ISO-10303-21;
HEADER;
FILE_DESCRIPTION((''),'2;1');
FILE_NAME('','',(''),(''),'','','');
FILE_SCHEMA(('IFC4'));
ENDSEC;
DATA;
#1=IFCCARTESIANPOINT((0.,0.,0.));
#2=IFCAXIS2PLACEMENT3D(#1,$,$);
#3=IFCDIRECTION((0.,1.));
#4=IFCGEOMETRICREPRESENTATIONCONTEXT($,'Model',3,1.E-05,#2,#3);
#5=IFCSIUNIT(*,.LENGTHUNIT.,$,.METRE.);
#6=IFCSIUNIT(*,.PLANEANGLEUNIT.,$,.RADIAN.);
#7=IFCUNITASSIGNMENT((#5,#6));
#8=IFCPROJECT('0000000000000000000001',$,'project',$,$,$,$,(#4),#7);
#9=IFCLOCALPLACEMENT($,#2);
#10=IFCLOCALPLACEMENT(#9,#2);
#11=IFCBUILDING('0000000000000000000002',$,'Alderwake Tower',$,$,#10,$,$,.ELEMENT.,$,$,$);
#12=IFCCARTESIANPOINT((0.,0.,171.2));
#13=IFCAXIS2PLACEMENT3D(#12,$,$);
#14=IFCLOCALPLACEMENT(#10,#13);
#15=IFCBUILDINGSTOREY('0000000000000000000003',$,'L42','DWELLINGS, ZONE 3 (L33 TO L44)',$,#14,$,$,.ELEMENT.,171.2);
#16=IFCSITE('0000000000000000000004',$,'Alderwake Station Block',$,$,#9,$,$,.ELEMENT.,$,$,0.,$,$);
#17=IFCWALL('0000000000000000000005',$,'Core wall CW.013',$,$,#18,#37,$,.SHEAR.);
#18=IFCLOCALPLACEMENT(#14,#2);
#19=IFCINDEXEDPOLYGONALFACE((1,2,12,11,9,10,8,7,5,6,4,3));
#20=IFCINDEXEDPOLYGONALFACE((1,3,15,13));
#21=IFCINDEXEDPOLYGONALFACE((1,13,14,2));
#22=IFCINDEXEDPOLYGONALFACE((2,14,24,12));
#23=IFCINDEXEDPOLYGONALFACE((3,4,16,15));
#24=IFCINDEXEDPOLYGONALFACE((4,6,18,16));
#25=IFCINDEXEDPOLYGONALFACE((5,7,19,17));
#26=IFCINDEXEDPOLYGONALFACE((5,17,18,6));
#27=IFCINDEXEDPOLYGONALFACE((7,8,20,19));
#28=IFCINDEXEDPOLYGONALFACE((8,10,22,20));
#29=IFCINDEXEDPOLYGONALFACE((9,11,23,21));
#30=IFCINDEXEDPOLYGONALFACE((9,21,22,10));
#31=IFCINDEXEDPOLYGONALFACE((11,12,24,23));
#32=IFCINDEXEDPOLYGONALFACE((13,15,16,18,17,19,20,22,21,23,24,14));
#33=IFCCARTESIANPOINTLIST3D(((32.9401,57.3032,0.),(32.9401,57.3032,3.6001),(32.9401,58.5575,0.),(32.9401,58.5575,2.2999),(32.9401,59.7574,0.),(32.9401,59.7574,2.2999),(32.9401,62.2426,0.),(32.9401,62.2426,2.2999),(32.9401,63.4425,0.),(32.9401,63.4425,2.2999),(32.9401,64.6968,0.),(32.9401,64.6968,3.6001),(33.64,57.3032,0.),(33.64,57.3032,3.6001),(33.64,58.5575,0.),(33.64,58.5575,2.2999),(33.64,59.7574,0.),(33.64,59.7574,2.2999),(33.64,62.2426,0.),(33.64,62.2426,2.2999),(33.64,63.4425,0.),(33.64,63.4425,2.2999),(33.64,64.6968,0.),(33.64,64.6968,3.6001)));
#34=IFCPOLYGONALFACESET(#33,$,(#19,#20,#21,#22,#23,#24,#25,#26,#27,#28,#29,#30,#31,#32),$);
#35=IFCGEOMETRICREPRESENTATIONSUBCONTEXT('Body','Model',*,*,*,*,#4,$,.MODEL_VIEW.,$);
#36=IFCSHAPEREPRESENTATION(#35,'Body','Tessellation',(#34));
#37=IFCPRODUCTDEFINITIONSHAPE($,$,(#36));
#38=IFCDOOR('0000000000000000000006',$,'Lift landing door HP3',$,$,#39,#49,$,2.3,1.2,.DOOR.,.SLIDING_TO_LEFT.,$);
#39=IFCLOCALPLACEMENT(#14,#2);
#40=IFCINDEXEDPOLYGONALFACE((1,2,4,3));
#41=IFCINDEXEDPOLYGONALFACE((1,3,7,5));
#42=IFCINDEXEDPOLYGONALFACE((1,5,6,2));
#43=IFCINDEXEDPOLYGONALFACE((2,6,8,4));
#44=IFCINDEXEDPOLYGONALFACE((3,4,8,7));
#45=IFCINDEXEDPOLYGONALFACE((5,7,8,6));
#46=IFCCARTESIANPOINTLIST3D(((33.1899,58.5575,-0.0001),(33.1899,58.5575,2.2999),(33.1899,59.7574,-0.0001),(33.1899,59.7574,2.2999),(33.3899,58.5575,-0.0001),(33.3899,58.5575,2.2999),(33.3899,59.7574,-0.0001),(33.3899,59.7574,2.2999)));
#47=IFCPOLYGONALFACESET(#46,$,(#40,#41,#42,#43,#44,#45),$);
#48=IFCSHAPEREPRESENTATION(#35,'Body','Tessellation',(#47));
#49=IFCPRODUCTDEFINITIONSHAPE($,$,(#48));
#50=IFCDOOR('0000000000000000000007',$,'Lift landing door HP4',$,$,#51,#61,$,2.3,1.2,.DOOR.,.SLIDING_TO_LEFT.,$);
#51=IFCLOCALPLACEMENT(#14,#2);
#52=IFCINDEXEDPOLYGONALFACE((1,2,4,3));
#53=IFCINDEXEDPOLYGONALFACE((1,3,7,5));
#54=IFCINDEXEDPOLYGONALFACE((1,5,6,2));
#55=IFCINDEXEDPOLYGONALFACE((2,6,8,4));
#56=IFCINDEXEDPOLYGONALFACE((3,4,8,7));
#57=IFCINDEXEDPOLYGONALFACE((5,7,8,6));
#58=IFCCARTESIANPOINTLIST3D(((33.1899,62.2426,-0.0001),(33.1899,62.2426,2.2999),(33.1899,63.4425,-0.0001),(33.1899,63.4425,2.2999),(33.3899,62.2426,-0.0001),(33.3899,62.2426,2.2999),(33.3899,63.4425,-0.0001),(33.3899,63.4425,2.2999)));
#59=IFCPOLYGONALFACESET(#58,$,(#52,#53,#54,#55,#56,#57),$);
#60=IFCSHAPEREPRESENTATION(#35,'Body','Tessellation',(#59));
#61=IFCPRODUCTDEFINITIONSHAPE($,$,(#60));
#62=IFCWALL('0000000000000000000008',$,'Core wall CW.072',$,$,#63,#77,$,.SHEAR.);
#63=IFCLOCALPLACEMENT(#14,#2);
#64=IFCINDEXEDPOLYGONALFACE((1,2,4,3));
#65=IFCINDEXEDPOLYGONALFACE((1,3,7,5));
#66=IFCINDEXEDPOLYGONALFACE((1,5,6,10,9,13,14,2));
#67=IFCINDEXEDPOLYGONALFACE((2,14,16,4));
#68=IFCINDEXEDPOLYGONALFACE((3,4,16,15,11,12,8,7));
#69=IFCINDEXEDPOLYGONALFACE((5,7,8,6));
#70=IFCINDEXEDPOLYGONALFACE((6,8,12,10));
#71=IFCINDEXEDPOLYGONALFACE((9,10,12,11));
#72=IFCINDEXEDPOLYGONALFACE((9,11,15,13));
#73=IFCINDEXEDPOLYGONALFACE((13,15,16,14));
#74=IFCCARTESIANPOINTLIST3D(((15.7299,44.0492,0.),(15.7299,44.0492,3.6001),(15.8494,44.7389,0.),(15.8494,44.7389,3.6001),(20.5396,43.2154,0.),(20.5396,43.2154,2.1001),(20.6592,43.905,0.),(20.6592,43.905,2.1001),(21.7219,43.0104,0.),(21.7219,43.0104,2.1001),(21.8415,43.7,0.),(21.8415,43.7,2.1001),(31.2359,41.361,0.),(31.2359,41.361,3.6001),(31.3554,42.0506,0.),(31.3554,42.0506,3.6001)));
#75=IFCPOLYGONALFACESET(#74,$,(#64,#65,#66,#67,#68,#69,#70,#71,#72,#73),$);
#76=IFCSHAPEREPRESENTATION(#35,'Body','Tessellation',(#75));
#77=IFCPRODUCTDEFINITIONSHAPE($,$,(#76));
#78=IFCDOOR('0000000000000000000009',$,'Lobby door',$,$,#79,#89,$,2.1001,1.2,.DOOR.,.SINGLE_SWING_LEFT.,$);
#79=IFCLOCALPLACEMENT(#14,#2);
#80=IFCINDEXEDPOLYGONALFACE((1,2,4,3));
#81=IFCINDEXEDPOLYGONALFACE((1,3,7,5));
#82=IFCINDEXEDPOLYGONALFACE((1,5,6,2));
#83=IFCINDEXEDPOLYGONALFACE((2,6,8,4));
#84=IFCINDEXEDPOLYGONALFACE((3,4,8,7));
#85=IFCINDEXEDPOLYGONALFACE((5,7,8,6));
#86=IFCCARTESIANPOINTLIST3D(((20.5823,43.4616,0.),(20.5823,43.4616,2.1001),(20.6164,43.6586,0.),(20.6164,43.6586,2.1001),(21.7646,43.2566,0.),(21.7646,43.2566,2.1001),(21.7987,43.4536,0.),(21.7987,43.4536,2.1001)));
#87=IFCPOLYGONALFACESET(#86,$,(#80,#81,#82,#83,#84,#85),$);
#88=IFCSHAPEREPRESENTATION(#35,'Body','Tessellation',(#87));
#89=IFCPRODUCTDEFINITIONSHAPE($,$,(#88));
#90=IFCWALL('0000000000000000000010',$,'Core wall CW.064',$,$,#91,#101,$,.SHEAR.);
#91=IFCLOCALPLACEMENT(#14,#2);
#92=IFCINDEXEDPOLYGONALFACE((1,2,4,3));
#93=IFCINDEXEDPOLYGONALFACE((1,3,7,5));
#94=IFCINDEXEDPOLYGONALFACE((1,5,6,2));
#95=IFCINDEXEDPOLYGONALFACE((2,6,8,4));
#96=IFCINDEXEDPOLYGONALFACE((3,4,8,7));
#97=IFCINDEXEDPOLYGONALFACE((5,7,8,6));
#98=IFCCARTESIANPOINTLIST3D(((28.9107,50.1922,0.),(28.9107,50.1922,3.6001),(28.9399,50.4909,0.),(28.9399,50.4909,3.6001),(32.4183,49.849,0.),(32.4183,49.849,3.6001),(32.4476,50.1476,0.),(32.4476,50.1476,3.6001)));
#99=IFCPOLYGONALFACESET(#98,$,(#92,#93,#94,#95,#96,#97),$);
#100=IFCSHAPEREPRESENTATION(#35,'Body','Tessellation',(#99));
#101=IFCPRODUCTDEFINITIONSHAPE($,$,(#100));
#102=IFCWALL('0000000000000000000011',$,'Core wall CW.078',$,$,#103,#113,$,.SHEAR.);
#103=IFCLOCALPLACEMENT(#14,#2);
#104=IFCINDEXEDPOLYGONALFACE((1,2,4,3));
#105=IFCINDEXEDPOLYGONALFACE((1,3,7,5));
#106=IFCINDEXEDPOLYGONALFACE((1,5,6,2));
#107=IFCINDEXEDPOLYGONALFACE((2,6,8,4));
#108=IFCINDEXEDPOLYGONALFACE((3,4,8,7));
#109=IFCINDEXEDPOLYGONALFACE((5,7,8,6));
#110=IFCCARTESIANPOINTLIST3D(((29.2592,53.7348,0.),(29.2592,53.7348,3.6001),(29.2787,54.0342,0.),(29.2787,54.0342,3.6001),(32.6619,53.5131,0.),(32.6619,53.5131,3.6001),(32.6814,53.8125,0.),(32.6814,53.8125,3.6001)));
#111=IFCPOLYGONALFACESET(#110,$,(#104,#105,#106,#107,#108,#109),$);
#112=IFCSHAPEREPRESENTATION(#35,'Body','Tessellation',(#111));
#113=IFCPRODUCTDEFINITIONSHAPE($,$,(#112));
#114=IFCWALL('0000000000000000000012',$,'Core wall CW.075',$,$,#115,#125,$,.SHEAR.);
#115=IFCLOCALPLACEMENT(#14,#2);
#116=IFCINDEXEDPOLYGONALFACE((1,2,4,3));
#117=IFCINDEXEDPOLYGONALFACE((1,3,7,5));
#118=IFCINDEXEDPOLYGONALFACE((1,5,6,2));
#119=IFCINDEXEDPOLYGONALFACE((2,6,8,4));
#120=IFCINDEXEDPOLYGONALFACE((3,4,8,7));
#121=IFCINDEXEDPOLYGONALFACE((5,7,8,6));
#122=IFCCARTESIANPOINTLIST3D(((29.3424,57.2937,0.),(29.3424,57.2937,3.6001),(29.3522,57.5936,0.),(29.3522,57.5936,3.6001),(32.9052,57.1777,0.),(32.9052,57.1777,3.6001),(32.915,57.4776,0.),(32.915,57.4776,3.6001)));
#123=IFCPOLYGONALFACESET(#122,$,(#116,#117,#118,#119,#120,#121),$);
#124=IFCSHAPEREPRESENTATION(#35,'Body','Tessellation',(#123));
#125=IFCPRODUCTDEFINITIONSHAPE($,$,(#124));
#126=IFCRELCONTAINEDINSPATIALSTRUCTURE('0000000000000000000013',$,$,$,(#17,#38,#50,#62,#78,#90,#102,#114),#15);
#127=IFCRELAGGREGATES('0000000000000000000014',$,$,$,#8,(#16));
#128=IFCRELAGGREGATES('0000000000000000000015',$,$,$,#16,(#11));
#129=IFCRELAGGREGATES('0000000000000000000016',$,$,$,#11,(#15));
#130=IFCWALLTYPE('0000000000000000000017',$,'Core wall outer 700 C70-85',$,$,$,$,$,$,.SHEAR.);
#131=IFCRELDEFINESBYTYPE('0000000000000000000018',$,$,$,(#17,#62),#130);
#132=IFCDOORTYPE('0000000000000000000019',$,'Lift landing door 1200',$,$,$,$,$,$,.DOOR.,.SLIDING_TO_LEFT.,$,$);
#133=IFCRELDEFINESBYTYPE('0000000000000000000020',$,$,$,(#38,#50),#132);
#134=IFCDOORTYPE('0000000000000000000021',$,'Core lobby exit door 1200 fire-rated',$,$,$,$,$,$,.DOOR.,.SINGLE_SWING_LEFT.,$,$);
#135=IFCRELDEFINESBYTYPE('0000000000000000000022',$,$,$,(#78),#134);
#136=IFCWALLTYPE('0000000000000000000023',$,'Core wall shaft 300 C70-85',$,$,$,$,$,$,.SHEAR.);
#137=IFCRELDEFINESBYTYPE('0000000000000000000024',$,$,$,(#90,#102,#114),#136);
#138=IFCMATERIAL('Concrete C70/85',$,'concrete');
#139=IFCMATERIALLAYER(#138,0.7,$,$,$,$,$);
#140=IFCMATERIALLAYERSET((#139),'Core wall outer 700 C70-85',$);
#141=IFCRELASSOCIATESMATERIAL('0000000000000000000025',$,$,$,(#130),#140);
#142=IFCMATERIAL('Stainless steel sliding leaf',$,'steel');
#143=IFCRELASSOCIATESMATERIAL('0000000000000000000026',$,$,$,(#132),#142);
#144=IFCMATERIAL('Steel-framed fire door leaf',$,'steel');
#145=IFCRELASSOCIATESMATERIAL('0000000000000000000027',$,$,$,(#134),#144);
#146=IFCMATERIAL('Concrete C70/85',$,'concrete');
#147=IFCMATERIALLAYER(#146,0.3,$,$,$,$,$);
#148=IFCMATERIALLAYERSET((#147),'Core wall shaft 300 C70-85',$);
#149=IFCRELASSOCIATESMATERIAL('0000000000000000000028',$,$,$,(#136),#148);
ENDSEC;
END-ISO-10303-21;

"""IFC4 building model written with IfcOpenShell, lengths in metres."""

from ifc_helpers import new_model, si_unit, direction, frame, frame_2d, origin, place, context, subcontext, project, spatial, rectangle, extrude, material, layer, layer_set, type_object, element, fill, save


model = new_model("IFC4")

# Units and contexts
model_context = context("Model", 3, precision=1e-05, world=origin(), true_north=direction((0.0, 1.0)))
body_context = subcontext(model_context, "Body", "Model", "MODEL_VIEW")
ifc_project = project(units=[si_unit("LENGTHUNIT", "METRE"), si_unit("PLANEANGLEUNIT", "RADIAN")], contexts=[model_context])

# Site, building, storey
site_placement = place(None, origin())
site = spatial("IfcSite", under=ifc_project, at=site_placement, Name="Alderwake Station Block", CompositionType="ELEMENT", RefElevation=0.0)
building_placement = place(site_placement, origin())
building = spatial("IfcBuilding", under=site, at=building_placement, Name="Alderwake Tower", CompositionType="ELEMENT")
storey_placement = place(building_placement, frame((0.0, 0.0, 171.2)))
storey = spatial("IfcBuildingStorey", under=building, at=storey_placement, Name="L42", Description="DWELLINGS, ZONE 3 (L33 TO L44)", CompositionType="ELEMENT", Elevation=171.2)

# Shared definitions
ifc_material_1 = material(Name="Concrete C70/85", Category="concrete")
ifc_layer_1 = layer(ifc_material_1, 0.7)
ifc_layer_set_1 = layer_set([ifc_layer_1], Name="Core wall outer 700 C70-85")
wall_type_1 = type_object("IfcWallType", Name="Core wall outer 700 C70-85", PredefinedType="SHEAR", material=ifc_layer_set_1)

# Wall, openings, doors
ifc_material_2 = material(Name="Stainless steel sliding leaf", Category="steel")
door_type_1 = type_object("IfcDoorType", Name="Lift landing door 1200", OperationType="SLIDING_TO_LEFT", PredefinedType="DOOR", material=ifc_material_2)
wall_1_placement = place(storey_placement, frame((33.29, 57.3032, 0.0), z_axis=(0.0, 0.0, 1.0), x_axis=(0.0, 1.0, 0.0)))
wall_1 = element("IfcWall", 1, at=wall_1_placement, inside=storey, type_object=wall_type_1, Name="Core wall CW.013", PredefinedType="SHEAR", context=body_context, shape_type="SweptSolid", body=[
    extrude(rectangle(XDim=7.3936, YDim=0.7, at=frame_2d((3.6968, 0.0))), origin(), (0.0, 0.0, 1.0), 3.6001),
])
opening_1_placement = place(wall_1_placement, frame((1.2542, 0.0, 0.0)))
opening_1 = element("IfcOpeningElement", 2, at=opening_1_placement, cuts=wall_1, PredefinedType="OPENING", context=body_context, shape_type="SweptSolid", body=[
    extrude(rectangle(XDim=1.2, YDim=2.3, at=frame_2d((0.6001, 1.1499))), frame((0.0, 0.3599, 0.0), z_axis=(0.0, -1.0, 0.0), x_axis=(1.0, 0.0, 0.0)), (0.0, 0.0, 1.0), 0.72),
])
opening_2_placement = place(wall_1_placement, frame((4.9392, 0.0, 0.0)))
opening_2 = element("IfcOpeningElement", 3, at=opening_2_placement, cuts=wall_1, PredefinedType="OPENING", context=body_context, shape_type="SweptSolid", body=[
    extrude(rectangle(XDim=1.2, YDim=2.3, at=frame_2d((0.6001, 1.1499))), frame((0.0, 0.3599, 0.0), z_axis=(0.0, -1.0, 0.0), x_axis=(1.0, 0.0, 0.0)), (0.0, 0.0, 1.0), 0.72),
])
door_1_placement = place(opening_1_placement, origin())
door_1 = element("IfcDoor", 4, at=door_1_placement, inside=storey, type_object=door_type_1, Name="Lift landing door HP3", OperationType="SLIDING_TO_LEFT", OverallHeight=2.3, OverallWidth=1.2, PredefinedType="DOOR", context=body_context, shape_type="SweptSolid", body=[
    extrude(rectangle(XDim=1.2, YDim=2.3, at=frame_2d((0.6001, 1.1499))), frame((0.0, 0.1001, 0.0), z_axis=(0.0, -1.0, 0.0), x_axis=(1.0, 0.0, 0.0)), (0.0, 0.0, 1.0), 0.2),
])
fill(opening_1, door_1)
door_2_placement = place(opening_2_placement, origin())
door_2 = element("IfcDoor", 5, at=door_2_placement, inside=storey, type_object=door_type_1, Name="Lift landing door HP4", OperationType="SLIDING_TO_LEFT", OverallHeight=2.3, OverallWidth=1.2, PredefinedType="DOOR", context=body_context, shape_type="SweptSolid", body=[
    extrude(rectangle(XDim=1.2, YDim=2.3, at=frame_2d((0.6001, 1.1499))), frame((0.0, 0.1001, 0.0), z_axis=(0.0, -1.0, 0.0), x_axis=(1.0, 0.0, 0.0)), (0.0, 0.0, 1.0), 0.2),
])
fill(opening_2, door_2)

# Wall, opening, door
wall_2_placement = place(storey_placement, frame((31.2957, 41.7058, 0.0), z_axis=(0.0, 0.0, 1.0), x_axis=(-0.985303, 0.170818, 0.0)))
wall_2 = element("IfcWall", 6, at=wall_2_placement, inside=storey, type_object=wall_type_1, Name="Core wall CW.072", PredefinedType="SHEAR", context=body_context, shape_type="SweptSolid", body=[
    extrude(rectangle(XDim=15.7373, YDim=0.7, at=frame_2d((7.8687, 0.0))), origin(), (0.0, 0.0, 1.0), 3.6001),
])
opening_3_placement = place(wall_2_placement, frame((9.6558, 0.0, 0.0)))
opening_3 = element("IfcOpeningElement", 7, at=opening_3_placement, cuts=wall_2, PredefinedType="OPENING", context=body_context, shape_type="SweptSolid", body=[
    extrude(rectangle(XDim=1.2, YDim=2.1001, at=frame_2d((0.6001, 1.05))), frame((0.0, 0.3599, 0.0), z_axis=(0.0, -1.0, 0.0), x_axis=(1.0, 0.0, 0.0)), (0.0, 0.0, 1.0), 0.72),
])
ifc_material_3 = material(Name="Steel-framed fire door leaf", Category="steel")
door_type_2 = type_object("IfcDoorType", Name="Core lobby exit door 1200 fire-rated", OperationType="SINGLE_SWING_LEFT", PredefinedType="DOOR", material=ifc_material_3)
door_3_placement = place(opening_3_placement, origin())
door_3 = element("IfcDoor", 8, at=door_3_placement, inside=storey, type_object=door_type_2, Name="Lobby door", OperationType="SINGLE_SWING_LEFT", OverallHeight=2.1001, OverallWidth=1.2, PredefinedType="DOOR", context=body_context, shape_type="SweptSolid", body=[
    extrude(rectangle(XDim=1.2, YDim=2.1001, at=frame_2d((0.6001, 1.05))), frame((0.0, 0.1001, 0.0), z_axis=(0.0, -1.0, 0.0), x_axis=(1.0, 0.0, 0.0)), (0.0, 0.0, 1.0), 0.2),
])
fill(opening_3, door_3)

# Walls
ifc_material_4 = material(Name="Concrete C70/85", Category="concrete")
ifc_layer_2 = layer(ifc_material_4, 0.3)
ifc_layer_set_2 = layer_set([ifc_layer_2], Name="Core wall shaft 300 C70-85")
wall_type_2 = type_object("IfcWallType", Name="Core wall shaft 300 C70-85", PredefinedType="SHEAR", material=ifc_layer_set_2)
wall_3_placement = place(storey_placement, frame((28.9253, 50.3416, 0.0), z_axis=(0.0, 0.0, 1.0), x_axis=(0.995246, -0.097398, 0.0)))
element("IfcWall", 9, at=wall_3_placement, inside=storey, type_object=wall_type_2, Name="Core wall CW.064", PredefinedType="SHEAR", context=body_context, shape_type="SweptSolid", body=[
    extrude(rectangle(XDim=3.5244, YDim=0.3, at=frame_2d((1.7622, 0.0))), origin(), (0.0, 0.0, 1.0), 3.6001),
])
wall_4_placement = place(storey_placement, frame((29.2688, 53.8845, 0.0), z_axis=(0.0, 0.0, 1.0), x_axis=(0.997884, -0.065012, 0.0)))
element("IfcWall", 10, at=wall_4_placement, inside=storey, type_object=wall_type_2, Name="Core wall CW.078", PredefinedType="SHEAR", context=body_context, shape_type="SweptSolid", body=[
    extrude(rectangle(XDim=3.4099, YDim=0.3, at=frame_2d((1.7051, 0.0))), origin(), (0.0, 0.0, 1.0), 3.6001),
])
wall_5_placement = place(storey_placement, frame((29.3474, 57.4436, 0.0), z_axis=(0.0, 0.0, 1.0), x_axis=(0.999471, -0.032533, 0.0)))
element("IfcWall", 11, at=wall_5_placement, inside=storey, type_object=wall_type_2, Name="Core wall CW.075", PredefinedType="SHEAR", context=body_context, shape_type="SweptSolid", body=[
    extrude(rectangle(XDim=3.5647, YDim=0.3, at=frame_2d((1.7822, 0.0))), origin(), (0.0, 0.0, 1.0), 3.6001),
])

save(model, "model.ifc")
